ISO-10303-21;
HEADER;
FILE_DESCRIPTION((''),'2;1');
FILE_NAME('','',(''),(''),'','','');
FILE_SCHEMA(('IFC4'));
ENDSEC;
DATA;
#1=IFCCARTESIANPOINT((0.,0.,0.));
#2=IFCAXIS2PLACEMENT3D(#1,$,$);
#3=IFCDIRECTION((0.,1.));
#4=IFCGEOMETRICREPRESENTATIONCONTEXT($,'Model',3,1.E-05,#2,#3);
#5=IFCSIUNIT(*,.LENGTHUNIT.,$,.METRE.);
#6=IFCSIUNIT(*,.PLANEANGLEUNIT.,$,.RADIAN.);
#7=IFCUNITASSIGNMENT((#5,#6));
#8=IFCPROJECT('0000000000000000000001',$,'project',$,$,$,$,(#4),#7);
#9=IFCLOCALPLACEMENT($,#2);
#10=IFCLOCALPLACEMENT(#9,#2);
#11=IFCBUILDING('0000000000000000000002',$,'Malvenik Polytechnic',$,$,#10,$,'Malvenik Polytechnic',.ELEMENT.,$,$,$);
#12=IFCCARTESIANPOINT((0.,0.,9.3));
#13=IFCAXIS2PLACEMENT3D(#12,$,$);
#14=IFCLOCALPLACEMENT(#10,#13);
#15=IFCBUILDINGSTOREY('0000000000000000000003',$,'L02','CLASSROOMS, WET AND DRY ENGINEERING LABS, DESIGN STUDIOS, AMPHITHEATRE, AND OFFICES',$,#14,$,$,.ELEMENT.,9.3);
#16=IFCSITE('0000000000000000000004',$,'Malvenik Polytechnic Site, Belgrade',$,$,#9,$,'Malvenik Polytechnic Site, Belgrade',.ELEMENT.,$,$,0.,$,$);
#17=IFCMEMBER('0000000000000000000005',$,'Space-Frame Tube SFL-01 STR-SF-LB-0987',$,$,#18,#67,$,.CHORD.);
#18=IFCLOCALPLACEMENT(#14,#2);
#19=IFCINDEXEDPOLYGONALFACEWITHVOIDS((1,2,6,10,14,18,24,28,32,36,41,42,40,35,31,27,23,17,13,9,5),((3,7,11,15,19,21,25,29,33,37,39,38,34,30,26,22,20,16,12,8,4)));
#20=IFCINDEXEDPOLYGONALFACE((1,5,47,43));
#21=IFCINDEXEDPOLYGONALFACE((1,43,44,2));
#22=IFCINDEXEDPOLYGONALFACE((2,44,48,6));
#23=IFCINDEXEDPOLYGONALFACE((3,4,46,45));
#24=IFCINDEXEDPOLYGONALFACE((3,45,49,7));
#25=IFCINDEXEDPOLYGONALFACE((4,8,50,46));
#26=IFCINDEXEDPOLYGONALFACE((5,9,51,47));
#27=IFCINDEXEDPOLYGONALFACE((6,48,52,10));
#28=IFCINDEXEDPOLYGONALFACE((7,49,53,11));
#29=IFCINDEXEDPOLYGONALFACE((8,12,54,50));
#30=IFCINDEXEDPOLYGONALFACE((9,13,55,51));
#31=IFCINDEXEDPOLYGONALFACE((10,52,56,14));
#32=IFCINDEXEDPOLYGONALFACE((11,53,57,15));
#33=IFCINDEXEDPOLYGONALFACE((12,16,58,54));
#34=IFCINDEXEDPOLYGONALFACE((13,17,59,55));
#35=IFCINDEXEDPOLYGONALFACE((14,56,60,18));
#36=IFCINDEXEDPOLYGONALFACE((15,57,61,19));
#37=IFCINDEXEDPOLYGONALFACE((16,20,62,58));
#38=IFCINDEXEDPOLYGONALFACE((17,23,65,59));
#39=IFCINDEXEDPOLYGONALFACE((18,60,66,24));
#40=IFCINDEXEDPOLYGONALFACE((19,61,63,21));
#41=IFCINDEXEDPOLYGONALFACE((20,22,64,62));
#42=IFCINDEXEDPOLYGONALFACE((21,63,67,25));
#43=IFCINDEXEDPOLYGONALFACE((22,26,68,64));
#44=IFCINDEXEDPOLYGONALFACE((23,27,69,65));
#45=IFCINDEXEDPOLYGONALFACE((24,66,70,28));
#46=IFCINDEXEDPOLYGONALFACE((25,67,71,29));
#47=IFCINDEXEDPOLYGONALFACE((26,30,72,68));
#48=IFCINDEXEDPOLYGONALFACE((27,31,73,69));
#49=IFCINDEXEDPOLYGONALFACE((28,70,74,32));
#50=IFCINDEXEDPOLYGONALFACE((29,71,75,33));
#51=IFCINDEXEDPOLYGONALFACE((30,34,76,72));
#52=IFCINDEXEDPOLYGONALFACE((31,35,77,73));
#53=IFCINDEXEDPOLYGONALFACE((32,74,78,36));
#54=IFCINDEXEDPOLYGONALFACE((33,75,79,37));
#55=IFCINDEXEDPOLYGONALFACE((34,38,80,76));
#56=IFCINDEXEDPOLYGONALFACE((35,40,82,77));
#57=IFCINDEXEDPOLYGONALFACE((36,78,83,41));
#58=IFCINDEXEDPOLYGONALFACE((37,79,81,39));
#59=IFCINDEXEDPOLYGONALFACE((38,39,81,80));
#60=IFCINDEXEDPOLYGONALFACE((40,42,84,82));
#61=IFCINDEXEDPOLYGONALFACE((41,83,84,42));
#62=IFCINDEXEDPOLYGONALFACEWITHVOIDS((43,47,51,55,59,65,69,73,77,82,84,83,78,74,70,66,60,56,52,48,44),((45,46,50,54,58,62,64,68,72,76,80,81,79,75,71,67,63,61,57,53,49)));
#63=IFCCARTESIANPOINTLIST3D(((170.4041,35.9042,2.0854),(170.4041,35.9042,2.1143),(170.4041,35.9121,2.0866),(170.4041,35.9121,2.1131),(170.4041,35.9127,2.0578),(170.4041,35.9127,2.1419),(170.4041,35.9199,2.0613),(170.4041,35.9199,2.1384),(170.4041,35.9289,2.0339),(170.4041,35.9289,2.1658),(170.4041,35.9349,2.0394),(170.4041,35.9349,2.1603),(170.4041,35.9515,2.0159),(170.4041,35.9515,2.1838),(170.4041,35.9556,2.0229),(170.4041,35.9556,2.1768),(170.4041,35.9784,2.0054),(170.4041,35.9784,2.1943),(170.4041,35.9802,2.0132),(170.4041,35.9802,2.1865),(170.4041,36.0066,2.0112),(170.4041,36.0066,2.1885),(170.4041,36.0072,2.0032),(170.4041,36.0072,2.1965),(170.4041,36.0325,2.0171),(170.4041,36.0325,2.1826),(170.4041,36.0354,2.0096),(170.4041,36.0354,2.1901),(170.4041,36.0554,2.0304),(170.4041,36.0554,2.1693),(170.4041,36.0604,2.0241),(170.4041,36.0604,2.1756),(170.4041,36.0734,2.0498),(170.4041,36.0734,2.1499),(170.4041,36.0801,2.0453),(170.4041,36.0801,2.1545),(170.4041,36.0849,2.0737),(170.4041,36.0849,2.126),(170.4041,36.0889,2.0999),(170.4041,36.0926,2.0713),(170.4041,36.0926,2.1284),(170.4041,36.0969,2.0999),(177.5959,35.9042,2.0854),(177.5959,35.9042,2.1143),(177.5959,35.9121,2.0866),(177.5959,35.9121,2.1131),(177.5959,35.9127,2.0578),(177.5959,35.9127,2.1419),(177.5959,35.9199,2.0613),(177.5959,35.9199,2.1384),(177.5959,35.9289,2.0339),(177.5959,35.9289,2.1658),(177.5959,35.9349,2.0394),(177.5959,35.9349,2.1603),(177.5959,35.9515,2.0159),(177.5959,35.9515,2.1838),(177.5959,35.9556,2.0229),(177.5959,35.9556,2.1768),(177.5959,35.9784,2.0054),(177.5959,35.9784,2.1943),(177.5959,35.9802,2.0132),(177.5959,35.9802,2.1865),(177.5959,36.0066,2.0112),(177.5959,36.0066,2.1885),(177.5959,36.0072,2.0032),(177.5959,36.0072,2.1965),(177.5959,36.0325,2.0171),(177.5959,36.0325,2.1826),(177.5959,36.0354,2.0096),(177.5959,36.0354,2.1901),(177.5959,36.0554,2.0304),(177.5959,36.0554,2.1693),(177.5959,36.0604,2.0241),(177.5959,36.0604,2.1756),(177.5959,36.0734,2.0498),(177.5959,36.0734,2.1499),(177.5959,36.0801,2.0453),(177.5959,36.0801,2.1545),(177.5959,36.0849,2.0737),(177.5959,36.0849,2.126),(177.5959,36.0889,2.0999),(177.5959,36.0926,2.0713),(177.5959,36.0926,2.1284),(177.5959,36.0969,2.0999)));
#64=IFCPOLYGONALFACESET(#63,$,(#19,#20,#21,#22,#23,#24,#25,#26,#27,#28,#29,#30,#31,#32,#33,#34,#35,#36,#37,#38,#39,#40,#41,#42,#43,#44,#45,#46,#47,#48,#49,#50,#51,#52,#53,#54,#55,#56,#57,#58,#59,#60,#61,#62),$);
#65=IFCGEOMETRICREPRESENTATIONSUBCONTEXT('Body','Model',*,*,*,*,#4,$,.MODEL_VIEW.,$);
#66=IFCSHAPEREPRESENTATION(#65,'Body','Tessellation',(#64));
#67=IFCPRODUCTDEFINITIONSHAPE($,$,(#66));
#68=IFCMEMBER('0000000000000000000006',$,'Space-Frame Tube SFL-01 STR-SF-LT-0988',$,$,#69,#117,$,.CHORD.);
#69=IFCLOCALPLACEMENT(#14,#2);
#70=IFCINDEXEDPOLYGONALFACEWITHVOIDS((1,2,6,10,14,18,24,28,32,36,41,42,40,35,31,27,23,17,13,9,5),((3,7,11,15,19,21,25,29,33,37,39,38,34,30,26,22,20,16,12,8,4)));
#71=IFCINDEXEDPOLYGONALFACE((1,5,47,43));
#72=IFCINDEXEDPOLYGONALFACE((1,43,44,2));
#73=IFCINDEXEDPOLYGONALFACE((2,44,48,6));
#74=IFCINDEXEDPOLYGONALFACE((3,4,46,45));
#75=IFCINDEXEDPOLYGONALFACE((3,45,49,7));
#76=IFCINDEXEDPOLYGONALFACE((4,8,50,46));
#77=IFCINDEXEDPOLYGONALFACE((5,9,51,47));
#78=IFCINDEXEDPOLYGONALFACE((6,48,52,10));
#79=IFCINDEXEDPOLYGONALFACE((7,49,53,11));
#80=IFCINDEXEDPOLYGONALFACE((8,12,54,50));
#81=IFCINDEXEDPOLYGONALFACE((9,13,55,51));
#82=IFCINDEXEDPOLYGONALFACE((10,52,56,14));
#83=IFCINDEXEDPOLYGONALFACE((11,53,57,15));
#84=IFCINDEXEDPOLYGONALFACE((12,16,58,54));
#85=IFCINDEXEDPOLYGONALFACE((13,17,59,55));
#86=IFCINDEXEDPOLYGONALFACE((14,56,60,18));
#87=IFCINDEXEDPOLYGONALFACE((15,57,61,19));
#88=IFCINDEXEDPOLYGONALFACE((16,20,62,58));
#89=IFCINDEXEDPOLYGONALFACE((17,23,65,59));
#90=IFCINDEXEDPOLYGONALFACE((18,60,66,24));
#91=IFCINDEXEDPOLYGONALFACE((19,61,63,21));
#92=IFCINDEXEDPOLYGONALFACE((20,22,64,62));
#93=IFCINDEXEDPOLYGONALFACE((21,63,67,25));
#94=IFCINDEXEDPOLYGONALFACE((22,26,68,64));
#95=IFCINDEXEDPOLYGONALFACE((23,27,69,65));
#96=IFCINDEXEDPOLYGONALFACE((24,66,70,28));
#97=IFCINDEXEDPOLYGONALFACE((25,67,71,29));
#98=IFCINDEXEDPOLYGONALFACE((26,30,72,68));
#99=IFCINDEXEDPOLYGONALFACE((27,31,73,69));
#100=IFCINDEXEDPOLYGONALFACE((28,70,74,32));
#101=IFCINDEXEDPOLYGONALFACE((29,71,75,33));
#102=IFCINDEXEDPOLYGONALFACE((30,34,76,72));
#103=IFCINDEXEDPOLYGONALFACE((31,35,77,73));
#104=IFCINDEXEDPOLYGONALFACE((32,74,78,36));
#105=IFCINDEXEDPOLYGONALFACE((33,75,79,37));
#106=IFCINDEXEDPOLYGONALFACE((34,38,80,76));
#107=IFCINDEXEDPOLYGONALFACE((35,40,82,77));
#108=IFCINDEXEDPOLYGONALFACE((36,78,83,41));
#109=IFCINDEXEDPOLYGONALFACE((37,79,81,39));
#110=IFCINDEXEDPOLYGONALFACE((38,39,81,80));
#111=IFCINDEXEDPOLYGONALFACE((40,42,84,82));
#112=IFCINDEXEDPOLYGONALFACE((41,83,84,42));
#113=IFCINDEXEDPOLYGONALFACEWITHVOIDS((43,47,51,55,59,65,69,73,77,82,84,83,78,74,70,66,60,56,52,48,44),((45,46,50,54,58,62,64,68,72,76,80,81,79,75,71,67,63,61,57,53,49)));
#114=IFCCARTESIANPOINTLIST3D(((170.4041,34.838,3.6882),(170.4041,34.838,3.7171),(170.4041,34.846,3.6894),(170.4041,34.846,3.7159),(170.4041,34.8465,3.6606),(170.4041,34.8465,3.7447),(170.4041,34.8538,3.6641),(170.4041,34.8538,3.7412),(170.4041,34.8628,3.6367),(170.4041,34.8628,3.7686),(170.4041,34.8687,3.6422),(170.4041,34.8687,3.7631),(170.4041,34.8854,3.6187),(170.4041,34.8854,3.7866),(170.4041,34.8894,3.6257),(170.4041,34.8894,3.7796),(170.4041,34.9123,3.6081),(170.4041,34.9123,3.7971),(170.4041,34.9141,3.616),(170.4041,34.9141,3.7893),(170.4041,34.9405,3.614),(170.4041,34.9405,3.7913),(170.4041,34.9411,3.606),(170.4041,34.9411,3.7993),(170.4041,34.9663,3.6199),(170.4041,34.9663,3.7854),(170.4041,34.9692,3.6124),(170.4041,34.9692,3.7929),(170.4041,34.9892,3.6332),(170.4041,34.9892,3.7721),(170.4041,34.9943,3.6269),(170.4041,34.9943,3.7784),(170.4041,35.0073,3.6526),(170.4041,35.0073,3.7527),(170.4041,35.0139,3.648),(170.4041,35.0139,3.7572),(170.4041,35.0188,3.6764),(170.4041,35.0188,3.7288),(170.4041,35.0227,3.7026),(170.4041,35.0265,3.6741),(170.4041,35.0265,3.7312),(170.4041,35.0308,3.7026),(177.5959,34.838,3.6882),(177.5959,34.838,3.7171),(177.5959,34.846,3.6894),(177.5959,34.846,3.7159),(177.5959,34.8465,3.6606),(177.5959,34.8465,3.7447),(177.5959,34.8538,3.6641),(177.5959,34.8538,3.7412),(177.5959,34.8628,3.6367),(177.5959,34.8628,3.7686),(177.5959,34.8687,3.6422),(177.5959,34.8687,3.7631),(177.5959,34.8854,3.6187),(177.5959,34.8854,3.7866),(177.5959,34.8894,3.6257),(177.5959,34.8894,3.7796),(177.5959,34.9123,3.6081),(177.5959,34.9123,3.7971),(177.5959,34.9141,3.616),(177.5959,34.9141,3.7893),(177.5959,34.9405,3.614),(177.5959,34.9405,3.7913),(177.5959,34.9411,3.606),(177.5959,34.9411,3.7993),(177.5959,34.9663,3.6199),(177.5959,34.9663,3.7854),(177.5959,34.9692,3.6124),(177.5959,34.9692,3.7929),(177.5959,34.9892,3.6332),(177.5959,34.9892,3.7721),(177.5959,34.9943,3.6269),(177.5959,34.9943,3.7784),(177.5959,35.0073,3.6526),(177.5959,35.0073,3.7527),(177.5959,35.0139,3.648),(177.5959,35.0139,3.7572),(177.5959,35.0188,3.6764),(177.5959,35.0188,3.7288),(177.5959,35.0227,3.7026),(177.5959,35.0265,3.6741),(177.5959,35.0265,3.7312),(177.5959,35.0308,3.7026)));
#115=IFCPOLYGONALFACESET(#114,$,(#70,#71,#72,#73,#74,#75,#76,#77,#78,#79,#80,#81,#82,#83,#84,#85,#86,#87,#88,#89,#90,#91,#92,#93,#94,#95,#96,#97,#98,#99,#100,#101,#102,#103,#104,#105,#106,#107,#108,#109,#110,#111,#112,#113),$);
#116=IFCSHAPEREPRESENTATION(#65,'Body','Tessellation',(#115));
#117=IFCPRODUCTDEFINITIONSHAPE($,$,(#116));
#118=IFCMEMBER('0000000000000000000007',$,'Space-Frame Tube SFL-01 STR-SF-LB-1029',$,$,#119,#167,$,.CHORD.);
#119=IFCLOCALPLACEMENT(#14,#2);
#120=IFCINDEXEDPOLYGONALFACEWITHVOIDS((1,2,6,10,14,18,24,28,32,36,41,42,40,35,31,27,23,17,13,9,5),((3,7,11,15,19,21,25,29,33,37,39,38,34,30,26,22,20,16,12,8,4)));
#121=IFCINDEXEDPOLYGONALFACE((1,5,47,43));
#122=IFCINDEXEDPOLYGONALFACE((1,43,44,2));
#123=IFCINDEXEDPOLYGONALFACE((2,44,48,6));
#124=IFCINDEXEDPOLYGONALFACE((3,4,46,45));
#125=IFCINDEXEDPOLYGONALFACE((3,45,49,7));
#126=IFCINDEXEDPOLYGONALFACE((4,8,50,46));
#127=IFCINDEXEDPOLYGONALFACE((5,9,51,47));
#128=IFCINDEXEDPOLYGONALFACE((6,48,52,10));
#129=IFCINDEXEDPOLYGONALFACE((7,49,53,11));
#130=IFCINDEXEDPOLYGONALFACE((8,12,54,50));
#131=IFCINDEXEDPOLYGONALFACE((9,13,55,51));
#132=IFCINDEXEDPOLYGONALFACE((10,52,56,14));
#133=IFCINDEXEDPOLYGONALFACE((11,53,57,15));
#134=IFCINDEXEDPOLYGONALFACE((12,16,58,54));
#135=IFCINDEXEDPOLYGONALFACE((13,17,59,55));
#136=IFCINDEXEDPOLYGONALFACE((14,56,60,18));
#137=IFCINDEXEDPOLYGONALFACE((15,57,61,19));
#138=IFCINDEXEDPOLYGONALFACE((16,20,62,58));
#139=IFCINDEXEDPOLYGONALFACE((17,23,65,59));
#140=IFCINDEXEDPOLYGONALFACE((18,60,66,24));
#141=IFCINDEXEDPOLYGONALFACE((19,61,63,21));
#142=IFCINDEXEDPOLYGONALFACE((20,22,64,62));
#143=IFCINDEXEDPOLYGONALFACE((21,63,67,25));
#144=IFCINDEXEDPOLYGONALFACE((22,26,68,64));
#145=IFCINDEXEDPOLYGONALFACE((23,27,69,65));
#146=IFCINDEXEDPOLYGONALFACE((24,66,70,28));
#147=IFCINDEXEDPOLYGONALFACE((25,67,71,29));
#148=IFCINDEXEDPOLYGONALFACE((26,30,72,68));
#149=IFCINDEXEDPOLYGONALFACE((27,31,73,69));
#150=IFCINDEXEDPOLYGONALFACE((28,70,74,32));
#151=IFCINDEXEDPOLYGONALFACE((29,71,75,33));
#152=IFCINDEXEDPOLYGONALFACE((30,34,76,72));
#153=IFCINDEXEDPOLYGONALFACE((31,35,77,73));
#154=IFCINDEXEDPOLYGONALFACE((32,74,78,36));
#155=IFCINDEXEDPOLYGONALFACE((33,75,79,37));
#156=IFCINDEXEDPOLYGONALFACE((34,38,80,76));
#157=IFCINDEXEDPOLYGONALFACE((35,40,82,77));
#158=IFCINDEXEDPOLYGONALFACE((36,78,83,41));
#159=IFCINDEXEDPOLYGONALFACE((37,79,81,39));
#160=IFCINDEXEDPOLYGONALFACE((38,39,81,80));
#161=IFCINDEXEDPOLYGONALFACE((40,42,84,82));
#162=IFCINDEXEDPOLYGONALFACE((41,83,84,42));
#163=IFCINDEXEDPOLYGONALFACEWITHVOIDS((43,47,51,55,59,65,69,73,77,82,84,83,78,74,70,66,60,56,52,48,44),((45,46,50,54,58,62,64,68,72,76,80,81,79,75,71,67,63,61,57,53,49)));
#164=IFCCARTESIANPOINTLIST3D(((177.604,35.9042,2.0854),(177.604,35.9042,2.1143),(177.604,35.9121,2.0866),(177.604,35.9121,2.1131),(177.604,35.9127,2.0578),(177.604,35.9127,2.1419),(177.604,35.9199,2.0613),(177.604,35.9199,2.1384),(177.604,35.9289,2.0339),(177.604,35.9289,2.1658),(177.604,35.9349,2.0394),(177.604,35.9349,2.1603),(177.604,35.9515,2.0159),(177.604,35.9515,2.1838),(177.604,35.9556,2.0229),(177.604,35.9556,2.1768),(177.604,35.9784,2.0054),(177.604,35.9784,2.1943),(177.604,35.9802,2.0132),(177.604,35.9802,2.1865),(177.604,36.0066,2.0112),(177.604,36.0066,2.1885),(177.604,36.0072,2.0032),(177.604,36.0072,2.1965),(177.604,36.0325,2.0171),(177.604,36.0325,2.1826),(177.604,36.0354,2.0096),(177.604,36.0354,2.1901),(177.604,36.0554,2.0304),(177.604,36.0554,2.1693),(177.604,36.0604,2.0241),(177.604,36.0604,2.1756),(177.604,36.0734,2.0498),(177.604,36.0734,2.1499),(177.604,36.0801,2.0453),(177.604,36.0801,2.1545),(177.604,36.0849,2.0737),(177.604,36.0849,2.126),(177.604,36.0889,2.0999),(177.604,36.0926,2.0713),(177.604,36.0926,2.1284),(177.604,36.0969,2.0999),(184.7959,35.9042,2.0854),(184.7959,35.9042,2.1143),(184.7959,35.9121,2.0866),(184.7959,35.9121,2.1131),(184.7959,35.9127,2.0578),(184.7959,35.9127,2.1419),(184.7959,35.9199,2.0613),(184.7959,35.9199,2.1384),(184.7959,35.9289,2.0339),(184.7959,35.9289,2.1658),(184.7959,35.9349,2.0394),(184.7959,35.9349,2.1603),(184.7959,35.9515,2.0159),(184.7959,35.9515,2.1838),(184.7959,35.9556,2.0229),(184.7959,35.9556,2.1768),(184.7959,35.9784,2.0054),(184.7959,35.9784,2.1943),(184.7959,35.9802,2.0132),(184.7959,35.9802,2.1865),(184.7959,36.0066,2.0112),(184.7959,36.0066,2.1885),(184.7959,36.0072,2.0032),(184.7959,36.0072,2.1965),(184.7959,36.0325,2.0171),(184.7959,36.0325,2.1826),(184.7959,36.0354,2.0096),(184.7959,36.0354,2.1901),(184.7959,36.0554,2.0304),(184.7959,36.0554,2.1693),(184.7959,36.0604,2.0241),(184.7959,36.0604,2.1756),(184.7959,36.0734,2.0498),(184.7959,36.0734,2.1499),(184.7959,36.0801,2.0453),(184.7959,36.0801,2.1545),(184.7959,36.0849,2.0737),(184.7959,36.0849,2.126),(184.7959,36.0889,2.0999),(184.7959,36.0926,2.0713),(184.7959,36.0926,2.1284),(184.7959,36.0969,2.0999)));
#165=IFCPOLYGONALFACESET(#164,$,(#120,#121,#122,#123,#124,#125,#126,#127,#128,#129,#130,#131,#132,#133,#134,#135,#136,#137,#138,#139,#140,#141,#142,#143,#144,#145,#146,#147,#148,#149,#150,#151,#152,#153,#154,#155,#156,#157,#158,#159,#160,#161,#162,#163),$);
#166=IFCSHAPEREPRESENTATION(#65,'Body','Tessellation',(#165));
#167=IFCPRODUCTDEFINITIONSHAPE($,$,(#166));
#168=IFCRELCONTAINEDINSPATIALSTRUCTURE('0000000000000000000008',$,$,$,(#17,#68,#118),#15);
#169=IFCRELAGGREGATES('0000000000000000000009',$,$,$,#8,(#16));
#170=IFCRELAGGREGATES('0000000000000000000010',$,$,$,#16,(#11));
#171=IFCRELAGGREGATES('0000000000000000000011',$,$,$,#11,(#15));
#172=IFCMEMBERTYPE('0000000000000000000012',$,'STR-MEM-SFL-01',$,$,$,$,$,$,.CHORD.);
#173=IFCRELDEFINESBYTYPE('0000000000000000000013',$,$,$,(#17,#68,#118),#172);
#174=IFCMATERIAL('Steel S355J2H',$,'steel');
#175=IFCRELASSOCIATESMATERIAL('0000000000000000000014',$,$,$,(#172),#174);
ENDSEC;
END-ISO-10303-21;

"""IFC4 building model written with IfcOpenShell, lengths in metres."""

from ifc_helpers import new_model, si_unit, direction, frame, origin, origin_2d, place, context, subcontext, project, spatial, hollow_circle, extrude, material, material_profile, profile_set, type_object, element, save


model = new_model("IFC4")

# Units and contexts
model_context = context("Model", 3, precision=1e-05, world=origin(), true_north=direction((0.0, 1.0)))
body_context = subcontext(model_context, "Body", "Model", "MODEL_VIEW")
ifc_project = project(units=[si_unit("LENGTHUNIT", "METRE"), si_unit("PLANEANGLEUNIT", "RADIAN")], contexts=[model_context])

# Site, building, storey
site_placement = place(None, origin())
site = spatial("IfcSite", under=ifc_project, at=site_placement, Name="Malvenik Polytechnic Site, Belgrade", LongName="Malvenik Polytechnic Site, Belgrade", CompositionType="ELEMENT", RefElevation=0.0)
building_placement = place(site_placement, origin())
building = spatial("IfcBuilding", under=site, at=building_placement, Name="Malvenik Polytechnic", LongName="Malvenik Polytechnic", CompositionType="ELEMENT")
storey_placement = place(building_placement, frame((0.0, 0.0, 9.3)))
storey = spatial("IfcBuildingStorey", under=building, at=storey_placement, Name="L02", Description="CLASSROOMS, WET AND DRY ENGINEERING LABS, DESIGN STUDIOS, AMPHITHEATRE, AND OFFICES", CompositionType="ELEMENT", Elevation=9.3)

# Members
ifc_material_1 = material(Name="Steel S355J2H", Category="steel")
ifc_material_profile_1 = material_profile(ifc_material_1, hollow_circle(Radius=0.0969, WallThickness=0.0081, at=origin_2d()), Name="CHS 193.7x8.0")
ifc_profile_set_1 = profile_set([ifc_material_profile_1], Name="Steel S355J2H")
member_type_1 = type_object("IfcMemberType", Name="STR-MEM-SFL-01", PredefinedType="CHORD", material=ifc_profile_set_1)
for number, where, z_axis, x_axis, name in (
    (1, (170.4041, 36.0, 2.0999), (1.0, 0.0, 0.0), (0.0, 1.0, 0.0), "Space-Frame Tube SFL-01 STR-SF-LB-0987"),
    (2, (170.4041, 34.9338, 3.7026), (1.0, 0.0, 0.0), (0.0, 1.0, 0.0), "Space-Frame Tube SFL-01 STR-SF-LT-0988"),
    (3, (177.604, 36.0, 2.0999), (1.0, 0.0, 0.0), (0.0, 1.0, 0.0), "Space-Frame Tube SFL-01 STR-SF-LB-1029"),
):
    element("IfcMember", number, at=place(storey_placement, frame(where, z_axis=z_axis, x_axis=x_axis)), inside=storey, type_object=member_type_1, Name=name, PredefinedType="CHORD", context=body_context, shape_type="SweptSolid", body=[
        extrude(hollow_circle(Radius=0.0969, WallThickness=0.0081, at=origin_2d()), origin(), (0.0, 0.0, 1.0), 7.1919),
    ])

save(model, "model.ifc")
